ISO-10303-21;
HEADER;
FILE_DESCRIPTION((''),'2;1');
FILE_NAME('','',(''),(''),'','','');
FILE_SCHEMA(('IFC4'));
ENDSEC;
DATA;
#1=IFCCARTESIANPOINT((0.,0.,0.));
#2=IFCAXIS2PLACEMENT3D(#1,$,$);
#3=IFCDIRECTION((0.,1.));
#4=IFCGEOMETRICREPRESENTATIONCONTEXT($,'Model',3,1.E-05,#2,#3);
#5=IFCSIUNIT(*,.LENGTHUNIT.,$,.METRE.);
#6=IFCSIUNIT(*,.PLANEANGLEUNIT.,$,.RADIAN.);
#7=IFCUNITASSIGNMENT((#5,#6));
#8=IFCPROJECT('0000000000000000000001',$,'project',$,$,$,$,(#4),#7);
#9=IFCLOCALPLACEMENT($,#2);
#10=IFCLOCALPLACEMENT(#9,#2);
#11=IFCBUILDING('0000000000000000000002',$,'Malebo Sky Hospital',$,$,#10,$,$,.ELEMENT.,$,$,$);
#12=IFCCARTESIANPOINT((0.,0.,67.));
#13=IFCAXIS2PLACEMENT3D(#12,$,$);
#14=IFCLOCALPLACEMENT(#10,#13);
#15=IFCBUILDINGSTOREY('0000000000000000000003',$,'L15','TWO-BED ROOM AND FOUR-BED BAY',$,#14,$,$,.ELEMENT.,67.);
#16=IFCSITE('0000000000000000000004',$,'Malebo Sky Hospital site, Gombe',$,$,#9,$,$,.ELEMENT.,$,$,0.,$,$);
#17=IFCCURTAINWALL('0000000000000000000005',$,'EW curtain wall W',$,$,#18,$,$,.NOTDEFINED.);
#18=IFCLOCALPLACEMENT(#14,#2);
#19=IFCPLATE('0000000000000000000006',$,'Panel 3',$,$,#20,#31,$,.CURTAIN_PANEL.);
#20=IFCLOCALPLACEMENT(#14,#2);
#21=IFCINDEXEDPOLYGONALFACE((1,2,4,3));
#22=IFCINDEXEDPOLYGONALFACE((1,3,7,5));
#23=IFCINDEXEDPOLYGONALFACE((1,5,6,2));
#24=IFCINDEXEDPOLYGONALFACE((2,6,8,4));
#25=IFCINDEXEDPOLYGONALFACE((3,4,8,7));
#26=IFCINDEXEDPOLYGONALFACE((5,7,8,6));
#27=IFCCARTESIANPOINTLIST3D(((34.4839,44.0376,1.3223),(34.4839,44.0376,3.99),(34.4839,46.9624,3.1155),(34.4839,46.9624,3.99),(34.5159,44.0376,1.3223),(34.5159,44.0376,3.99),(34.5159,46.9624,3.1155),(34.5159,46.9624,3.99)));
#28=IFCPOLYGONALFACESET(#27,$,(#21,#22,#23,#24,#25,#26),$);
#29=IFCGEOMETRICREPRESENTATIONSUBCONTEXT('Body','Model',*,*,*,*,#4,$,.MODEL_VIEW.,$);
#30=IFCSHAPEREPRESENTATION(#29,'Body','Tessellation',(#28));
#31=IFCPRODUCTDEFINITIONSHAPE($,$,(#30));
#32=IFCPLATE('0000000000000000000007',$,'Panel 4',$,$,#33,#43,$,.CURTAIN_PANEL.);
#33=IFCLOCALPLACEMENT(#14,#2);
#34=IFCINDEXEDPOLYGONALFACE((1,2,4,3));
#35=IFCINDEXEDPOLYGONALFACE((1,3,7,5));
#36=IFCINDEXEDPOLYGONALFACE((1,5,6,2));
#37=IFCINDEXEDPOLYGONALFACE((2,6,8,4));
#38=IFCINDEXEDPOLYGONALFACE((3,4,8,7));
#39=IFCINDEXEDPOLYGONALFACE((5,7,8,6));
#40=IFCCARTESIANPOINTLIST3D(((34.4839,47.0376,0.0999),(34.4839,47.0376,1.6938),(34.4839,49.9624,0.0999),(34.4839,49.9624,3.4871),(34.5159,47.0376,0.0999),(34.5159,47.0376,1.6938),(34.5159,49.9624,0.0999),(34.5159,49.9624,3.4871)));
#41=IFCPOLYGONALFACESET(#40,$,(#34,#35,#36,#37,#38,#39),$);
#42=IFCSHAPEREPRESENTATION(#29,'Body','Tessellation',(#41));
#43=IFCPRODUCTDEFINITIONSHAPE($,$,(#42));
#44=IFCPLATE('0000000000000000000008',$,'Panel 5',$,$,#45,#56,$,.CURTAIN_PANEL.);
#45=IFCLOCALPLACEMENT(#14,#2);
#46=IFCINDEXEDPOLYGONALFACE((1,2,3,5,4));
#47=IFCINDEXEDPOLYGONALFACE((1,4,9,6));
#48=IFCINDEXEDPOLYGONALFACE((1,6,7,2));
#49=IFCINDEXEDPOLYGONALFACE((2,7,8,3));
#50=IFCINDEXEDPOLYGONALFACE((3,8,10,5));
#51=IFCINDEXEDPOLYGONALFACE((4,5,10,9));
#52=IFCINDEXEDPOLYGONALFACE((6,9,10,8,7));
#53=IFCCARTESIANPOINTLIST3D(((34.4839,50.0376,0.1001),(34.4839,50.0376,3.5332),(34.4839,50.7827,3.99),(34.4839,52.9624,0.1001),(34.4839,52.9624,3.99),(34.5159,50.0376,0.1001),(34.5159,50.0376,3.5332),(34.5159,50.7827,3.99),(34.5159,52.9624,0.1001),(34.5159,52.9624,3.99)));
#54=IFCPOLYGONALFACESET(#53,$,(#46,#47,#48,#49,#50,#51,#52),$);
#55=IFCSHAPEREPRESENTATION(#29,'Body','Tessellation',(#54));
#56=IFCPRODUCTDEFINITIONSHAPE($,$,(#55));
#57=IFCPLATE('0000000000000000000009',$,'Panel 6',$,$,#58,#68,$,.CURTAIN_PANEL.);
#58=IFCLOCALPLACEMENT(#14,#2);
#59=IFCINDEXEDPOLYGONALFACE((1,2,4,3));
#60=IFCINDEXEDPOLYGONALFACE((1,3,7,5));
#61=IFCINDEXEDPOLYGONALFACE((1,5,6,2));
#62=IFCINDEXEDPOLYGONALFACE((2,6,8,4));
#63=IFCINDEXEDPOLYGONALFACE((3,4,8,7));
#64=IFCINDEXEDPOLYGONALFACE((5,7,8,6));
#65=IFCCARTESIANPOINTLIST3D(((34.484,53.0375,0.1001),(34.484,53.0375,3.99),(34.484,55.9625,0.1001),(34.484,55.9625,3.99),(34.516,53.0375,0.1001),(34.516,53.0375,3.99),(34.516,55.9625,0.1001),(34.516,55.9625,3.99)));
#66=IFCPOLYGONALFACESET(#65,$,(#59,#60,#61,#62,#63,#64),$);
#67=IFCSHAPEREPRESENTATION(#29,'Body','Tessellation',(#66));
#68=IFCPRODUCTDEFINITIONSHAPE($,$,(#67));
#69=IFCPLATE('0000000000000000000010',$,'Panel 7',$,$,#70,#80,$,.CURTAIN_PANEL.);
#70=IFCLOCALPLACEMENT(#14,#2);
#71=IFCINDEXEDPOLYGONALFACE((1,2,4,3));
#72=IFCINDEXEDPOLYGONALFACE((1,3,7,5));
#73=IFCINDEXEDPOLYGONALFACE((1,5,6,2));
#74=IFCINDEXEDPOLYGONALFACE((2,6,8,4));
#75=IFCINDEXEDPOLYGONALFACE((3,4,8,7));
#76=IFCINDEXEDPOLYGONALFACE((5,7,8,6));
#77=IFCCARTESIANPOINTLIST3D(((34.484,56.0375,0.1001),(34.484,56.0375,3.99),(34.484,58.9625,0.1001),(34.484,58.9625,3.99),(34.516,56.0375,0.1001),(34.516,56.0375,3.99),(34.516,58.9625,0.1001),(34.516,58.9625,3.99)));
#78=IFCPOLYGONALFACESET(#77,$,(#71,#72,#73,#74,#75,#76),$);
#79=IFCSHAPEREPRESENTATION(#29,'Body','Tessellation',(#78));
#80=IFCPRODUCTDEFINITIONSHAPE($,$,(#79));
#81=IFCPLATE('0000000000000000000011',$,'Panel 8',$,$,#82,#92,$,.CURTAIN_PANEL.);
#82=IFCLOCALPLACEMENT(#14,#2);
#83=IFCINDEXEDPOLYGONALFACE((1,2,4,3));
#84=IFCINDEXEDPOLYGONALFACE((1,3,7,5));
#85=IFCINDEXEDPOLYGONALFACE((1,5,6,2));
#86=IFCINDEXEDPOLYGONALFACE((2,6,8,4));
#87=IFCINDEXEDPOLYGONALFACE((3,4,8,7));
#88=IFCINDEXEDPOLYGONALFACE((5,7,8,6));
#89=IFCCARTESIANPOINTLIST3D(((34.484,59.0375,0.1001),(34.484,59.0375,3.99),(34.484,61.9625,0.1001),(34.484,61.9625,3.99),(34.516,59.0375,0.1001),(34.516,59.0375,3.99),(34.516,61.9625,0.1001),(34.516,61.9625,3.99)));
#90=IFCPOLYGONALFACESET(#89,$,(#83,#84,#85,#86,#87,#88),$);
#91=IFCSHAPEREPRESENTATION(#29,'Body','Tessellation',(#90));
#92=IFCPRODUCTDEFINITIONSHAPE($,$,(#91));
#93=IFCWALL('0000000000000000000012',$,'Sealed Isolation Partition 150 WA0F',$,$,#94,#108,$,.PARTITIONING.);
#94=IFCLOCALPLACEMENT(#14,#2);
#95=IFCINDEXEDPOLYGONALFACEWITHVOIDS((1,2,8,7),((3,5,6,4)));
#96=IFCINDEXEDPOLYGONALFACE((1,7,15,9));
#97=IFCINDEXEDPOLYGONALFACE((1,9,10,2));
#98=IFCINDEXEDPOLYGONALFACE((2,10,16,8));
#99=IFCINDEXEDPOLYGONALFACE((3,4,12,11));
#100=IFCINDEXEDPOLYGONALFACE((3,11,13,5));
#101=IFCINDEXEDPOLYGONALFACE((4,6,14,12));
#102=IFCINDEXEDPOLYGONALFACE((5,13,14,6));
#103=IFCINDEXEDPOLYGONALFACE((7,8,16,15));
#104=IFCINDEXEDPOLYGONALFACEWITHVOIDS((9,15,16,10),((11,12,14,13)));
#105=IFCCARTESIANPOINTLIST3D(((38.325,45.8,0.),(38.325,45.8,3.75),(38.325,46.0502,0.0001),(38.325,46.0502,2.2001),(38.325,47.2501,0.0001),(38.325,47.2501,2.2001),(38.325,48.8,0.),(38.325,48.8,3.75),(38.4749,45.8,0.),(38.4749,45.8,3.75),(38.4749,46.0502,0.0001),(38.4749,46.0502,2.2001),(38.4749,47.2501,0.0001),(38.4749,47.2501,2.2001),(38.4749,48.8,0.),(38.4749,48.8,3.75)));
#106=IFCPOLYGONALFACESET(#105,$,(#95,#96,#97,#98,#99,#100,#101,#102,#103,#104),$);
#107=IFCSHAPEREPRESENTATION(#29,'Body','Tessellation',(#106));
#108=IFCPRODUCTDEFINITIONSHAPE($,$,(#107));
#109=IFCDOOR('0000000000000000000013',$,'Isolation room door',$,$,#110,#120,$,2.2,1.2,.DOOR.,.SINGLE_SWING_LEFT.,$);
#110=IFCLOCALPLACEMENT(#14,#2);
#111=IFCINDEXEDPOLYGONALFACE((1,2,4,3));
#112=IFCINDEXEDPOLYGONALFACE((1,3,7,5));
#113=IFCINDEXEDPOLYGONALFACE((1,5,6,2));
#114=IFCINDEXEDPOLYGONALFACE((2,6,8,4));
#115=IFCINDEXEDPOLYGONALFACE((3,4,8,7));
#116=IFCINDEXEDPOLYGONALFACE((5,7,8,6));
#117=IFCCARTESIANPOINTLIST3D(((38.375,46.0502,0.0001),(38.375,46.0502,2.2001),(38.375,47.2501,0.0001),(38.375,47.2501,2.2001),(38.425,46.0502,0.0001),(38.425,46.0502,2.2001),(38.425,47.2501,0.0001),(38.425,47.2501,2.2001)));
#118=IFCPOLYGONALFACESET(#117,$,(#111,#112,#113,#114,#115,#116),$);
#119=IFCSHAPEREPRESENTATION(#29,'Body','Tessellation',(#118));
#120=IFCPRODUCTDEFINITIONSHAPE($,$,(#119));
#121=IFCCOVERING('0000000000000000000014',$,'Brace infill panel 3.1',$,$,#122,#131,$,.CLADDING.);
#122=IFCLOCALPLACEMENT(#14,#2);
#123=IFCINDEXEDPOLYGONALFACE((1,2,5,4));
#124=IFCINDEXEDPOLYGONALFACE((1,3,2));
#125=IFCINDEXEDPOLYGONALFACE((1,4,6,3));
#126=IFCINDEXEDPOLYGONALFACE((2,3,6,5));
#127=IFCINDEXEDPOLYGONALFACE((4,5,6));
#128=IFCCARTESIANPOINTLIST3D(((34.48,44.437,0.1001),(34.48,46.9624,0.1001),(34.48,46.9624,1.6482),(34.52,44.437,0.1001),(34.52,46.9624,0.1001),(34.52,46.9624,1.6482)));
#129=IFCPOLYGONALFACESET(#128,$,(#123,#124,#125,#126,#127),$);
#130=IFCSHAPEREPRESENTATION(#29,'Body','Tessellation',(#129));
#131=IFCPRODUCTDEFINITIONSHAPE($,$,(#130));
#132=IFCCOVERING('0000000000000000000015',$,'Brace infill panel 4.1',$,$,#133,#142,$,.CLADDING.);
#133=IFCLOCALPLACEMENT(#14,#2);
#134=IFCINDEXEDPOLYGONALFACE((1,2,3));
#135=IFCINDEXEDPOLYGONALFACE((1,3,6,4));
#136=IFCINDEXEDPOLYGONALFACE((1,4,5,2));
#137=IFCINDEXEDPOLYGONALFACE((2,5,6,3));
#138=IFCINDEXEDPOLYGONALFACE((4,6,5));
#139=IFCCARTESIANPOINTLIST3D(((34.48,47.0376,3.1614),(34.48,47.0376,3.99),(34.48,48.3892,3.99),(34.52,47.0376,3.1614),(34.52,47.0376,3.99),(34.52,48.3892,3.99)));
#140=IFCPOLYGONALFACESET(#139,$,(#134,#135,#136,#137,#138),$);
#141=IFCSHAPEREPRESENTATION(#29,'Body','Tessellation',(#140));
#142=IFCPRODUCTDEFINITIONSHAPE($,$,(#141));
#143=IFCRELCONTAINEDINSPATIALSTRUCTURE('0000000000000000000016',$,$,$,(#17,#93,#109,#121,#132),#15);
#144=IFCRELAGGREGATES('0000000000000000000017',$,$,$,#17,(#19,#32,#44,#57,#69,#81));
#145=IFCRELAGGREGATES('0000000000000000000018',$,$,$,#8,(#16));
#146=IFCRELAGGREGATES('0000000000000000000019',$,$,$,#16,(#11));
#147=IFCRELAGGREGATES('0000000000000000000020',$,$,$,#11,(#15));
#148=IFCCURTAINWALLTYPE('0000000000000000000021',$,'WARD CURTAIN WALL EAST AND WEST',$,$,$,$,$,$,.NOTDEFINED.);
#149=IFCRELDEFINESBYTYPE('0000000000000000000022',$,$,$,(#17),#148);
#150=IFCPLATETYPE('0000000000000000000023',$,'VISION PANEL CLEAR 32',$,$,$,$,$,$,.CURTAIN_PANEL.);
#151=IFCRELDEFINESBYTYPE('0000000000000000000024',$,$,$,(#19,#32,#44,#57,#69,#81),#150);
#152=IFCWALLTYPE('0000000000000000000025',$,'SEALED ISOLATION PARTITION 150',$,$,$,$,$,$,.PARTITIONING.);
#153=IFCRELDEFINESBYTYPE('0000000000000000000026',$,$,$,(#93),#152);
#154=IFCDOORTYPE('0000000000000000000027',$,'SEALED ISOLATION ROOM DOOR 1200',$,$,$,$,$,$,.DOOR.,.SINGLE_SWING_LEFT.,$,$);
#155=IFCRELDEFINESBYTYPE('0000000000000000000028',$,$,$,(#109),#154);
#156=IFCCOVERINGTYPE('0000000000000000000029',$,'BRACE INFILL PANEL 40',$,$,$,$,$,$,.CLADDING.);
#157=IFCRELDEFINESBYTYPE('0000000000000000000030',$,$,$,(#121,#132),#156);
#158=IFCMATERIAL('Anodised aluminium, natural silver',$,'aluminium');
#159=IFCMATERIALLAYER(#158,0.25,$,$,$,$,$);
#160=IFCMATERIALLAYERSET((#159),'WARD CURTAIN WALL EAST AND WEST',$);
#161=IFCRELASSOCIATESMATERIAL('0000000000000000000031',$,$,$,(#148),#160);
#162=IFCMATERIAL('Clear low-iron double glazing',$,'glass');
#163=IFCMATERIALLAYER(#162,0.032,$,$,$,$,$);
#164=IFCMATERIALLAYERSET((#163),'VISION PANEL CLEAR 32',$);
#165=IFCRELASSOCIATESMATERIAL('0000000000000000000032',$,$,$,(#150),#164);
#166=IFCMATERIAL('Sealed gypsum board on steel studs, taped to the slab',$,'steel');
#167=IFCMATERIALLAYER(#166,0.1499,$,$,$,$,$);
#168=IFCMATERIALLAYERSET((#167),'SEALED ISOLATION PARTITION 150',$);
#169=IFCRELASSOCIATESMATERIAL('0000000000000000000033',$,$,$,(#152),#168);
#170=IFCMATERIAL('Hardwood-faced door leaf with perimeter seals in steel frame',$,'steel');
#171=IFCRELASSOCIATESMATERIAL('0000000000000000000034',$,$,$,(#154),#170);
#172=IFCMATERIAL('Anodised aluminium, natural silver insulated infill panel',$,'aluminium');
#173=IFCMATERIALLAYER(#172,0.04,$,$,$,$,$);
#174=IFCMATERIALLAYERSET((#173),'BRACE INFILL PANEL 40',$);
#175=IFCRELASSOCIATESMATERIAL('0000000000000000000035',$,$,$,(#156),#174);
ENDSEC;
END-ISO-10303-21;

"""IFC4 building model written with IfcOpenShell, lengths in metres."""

from ifc_helpers import new_model, si_unit, direction, frame, frame_2d, origin, origin_2d, place, context, subcontext, project, spatial, polyline, rectangle, outline, extrude, material, layer, layer_set, type_object, element, fill, aggregate, save


model = new_model("IFC4")

# Units and contexts
model_context = context("Model", 3, precision=1e-05, world=origin(), true_north=direction((0.0, 1.0)))
body_context = subcontext(model_context, "Body", "Model", "MODEL_VIEW")
ifc_project = project(units=[si_unit("LENGTHUNIT", "METRE"), si_unit("PLANEANGLEUNIT", "RADIAN")], contexts=[model_context])

# Site, building, storey
site_placement = place(None, origin())
site = spatial("IfcSite", under=ifc_project, at=site_placement, Name="Malebo Sky Hospital site, Gombe", CompositionType="ELEMENT", RefElevation=0.0)
building_placement = place(site_placement, origin())
building = spatial("IfcBuilding", under=site, at=building_placement, Name="Malebo Sky Hospital", CompositionType="ELEMENT")
storey_placement = place(building_placement, frame((0.0, 0.0, 67.0)))
storey = spatial("IfcBuildingStorey", under=building, at=storey_placement, Name="L15", Description="TWO-BED ROOM AND FOUR-BED BAY", CompositionType="ELEMENT", Elevation=67.0)

# Curtain wall
ifc_material_1 = material(Name="Anodised aluminium, natural silver", Category="aluminium")
ifc_layer_1 = layer(ifc_material_1, 0.25)
ifc_layer_set_1 = layer_set([ifc_layer_1], Name="WARD CURTAIN WALL EAST AND WEST")
curtain_wall_type = type_object("IfcCurtainWallType", Name="WARD CURTAIN WALL EAST AND WEST", PredefinedType="NOTDEFINED", material=ifc_layer_set_1)
curtain_wall_placement = place(storey_placement, origin())
curtain_wall = element("IfcCurtainWall", 1, at=curtain_wall_placement, inside=storey, type_object=curtain_wall_type, Name="EW curtain wall W", PredefinedType="NOTDEFINED")

# Plates
ifc_material_2 = material(Name="Clear low-iron double glazing", Category="glass")
ifc_layer_2 = layer(ifc_material_2, 0.032)
ifc_layer_set_2 = layer_set([ifc_layer_2], Name="VISION PANEL CLEAR 32")
plate_type = type_object("IfcPlateType", Name="VISION PANEL CLEAR 32", PredefinedType="CURTAIN_PANEL", material=ifc_layer_set_2)
plate_1_placement = place(storey_placement, frame((34.5, 45.5, 1.3223), z_axis=(0.0, 0.0, 1.0), x_axis=(0.0, 1.0, 0.0)))
plate_1 = element("IfcPlate", 2, at=plate_1_placement, type_object=plate_type, Name="Panel 3", PredefinedType="CURTAIN_PANEL", context=body_context, shape_type="SweptSolid", body=[
    extrude(outline(polyline([(-1.4624, 0.0), (1.4624, 1.7932), (1.4624, 2.6677), (-1.4624, 2.6677), (-1.4624, 0.0)])), frame((0.0, 0.0161, 0.0), z_axis=(0.0, -1.0, 0.0), x_axis=(1.0, 0.0, 0.0)), (0.0, 0.0, 1.0), 0.032),
])
plate_2_placement = place(storey_placement, frame((34.5, 48.5, 0.0999), z_axis=(0.0, 0.0, 1.0), x_axis=(0.0, 1.0, 0.0)))
plate_2 = element("IfcPlate", 3, at=plate_2_placement, type_object=plate_type, Name="Panel 4", PredefinedType="CURTAIN_PANEL", context=body_context, shape_type="SweptSolid", body=[
    extrude(outline(polyline([(-1.4624, 0.0), (1.4624, 0.0), (1.4624, 3.3872), (-1.4624, 1.594), (-1.4624, 0.0)])), frame((0.0, 0.0161, 0.0), z_axis=(0.0, -1.0, 0.0), x_axis=(1.0, 0.0, 0.0)), (0.0, 0.0, 1.0), 0.032),
])
plate_3_placement = place(storey_placement, frame((34.5, 51.5, 0.1001), z_axis=(0.0, 0.0, 1.0), x_axis=(0.0, 1.0, 0.0)))
plate_3 = element("IfcPlate", 4, at=plate_3_placement, type_object=plate_type, Name="Panel 5", PredefinedType="CURTAIN_PANEL", context=body_context, shape_type="SweptSolid", body=[
    extrude(outline(polyline([(-1.4624, 0.0), (1.4624, 0.0), (1.4624, 3.8899), (-0.7173, 3.8899), (-1.4624, 3.4331), (-1.4624, 0.0)])), frame((0.0, 0.0161, 0.0), z_axis=(0.0, -1.0, 0.0), x_axis=(1.0, 0.0, 0.0)), (0.0, 0.0, 1.0), 0.032),
])
plate_4_placement = place(storey_placement, frame((34.5, 54.5, 0.1001), z_axis=(0.0, 0.0, 1.0), x_axis=(0.0, 1.0, 0.0)))
plate_4 = element("IfcPlate", 5, at=plate_4_placement, type_object=plate_type, Name="Panel 6", PredefinedType="CURTAIN_PANEL", context=body_context, shape_type="SweptSolid", body=[
    extrude(rectangle(XDim=2.925, YDim=0.032, at=origin_2d()), origin(), (0.0, 0.0, 1.0), 3.8899),
])
plate_5_placement = place(storey_placement, frame((34.5, 57.5, 0.1001), z_axis=(0.0, 0.0, 1.0), x_axis=(0.0, 1.0, 0.0)))
plate_5 = element("IfcPlate", 6, at=plate_5_placement, type_object=plate_type, Name="Panel 7", PredefinedType="CURTAIN_PANEL", context=body_context, shape_type="SweptSolid", body=[
    extrude(rectangle(XDim=2.925, YDim=0.032, at=origin_2d()), origin(), (0.0, 0.0, 1.0), 3.8899),
])
plate_6_placement = place(storey_placement, frame((34.5, 60.5, 0.1001), z_axis=(0.0, 0.0, 1.0), x_axis=(0.0, 1.0, 0.0)))
plate_6 = element("IfcPlate", 7, at=plate_6_placement, type_object=plate_type, Name="Panel 8", PredefinedType="CURTAIN_PANEL", context=body_context, shape_type="SweptSolid", body=[
    extrude(rectangle(XDim=2.925, YDim=0.032, at=origin_2d()), origin(), (0.0, 0.0, 1.0), 3.8899),
])
aggregate(curtain_wall, [plate_1, plate_2, plate_3, plate_4, plate_5, plate_6])

# Wall, opening, door
ifc_material_3 = material(Name="Sealed gypsum board on steel studs, taped to the slab", Category="steel")
ifc_layer_3 = layer(ifc_material_3, 0.1499)
ifc_layer_set_3 = layer_set([ifc_layer_3], Name="SEALED ISOLATION PARTITION 150")
wall_type = type_object("IfcWallType", Name="SEALED ISOLATION PARTITION 150", PredefinedType="PARTITIONING", material=ifc_layer_set_3)
wall_placement = place(storey_placement, frame((38.3999, 45.8, 0.0), z_axis=(0.0, 0.0, 1.0), x_axis=(0.0, 1.0, 0.0)))
wall = element("IfcWall", 8, at=wall_placement, inside=storey, type_object=wall_type, Name="Sealed Isolation Partition 150 WA0F", PredefinedType="PARTITIONING", context=body_context, shape_type="SweptSolid", body=[
    extrude(rectangle(XDim=3.0, YDim=0.1499, at=frame_2d((1.5, 0.0))), origin(), (0.0, 0.0, 1.0), 3.75),
])
opening_placement = place(wall_placement, frame((0.25, 0.0, 0.0)))
opening = element("IfcOpeningElement", 9, at=opening_placement, cuts=wall, PredefinedType="OPENING", context=body_context, shape_type="SweptSolid", body=[
    extrude(rectangle(XDim=1.2, YDim=2.2, at=frame_2d((0.6001, 1.1001))), frame((0.0, 0.085, 0.0), z_axis=(0.0, -1.0, 0.0), x_axis=(1.0, 0.0, 0.0)), (0.0, 0.0, 1.0), 0.1699),
])
ifc_material_4 = material(Name="Hardwood-faced door leaf with perimeter seals in steel frame", Category="steel")
door_type = type_object("IfcDoorType", Name="SEALED ISOLATION ROOM DOOR 1200", OperationType="SINGLE_SWING_LEFT", PredefinedType="DOOR", material=ifc_material_4)
door_placement = place(opening_placement, origin())
door = element("IfcDoor", 10, at=door_placement, inside=storey, type_object=door_type, Name="Isolation room door", OperationType="SINGLE_SWING_LEFT", OverallHeight=2.2, OverallWidth=1.2, PredefinedType="DOOR", context=body_context, shape_type="SweptSolid", body=[
    extrude(rectangle(XDim=1.2, YDim=2.2, at=frame_2d((0.6001, 1.1001))), frame((0.0, 0.0249, 0.0), z_axis=(0.0, -1.0, 0.0), x_axis=(1.0, 0.0, 0.0)), (0.0, 0.0, 1.0), 0.05),
])
fill(opening, door)

# Coverings
ifc_material_5 = material(Name="Anodised aluminium, natural silver insulated infill panel", Category="aluminium")
ifc_layer_4 = layer(ifc_material_5, 0.04)
ifc_layer_set_4 = layer_set([ifc_layer_4], Name="BRACE INFILL PANEL 40")
covering_type = type_object("IfcCoveringType", Name="BRACE INFILL PANEL 40", PredefinedType="CLADDING", material=ifc_layer_set_4)
covering_1_placement = place(storey_placement, frame((34.5, 45.6997, 0.1001), z_axis=(0.0, 0.0, 1.0), x_axis=(0.0, 1.0, 0.0)))
element("IfcCovering", 11, at=covering_1_placement, inside=storey, type_object=covering_type, Name="Brace infill panel 3.1", PredefinedType="CLADDING", context=body_context, shape_type="SweptSolid", body=[
    extrude(outline(polyline([(-1.2627, 0.0), (1.2627, 0.0), (1.2627, 1.5481), (-1.2627, 0.0)])), frame((0.0, 0.02, 0.0), z_axis=(0.0, -1.0, 0.0), x_axis=(1.0, 0.0, 0.0)), (0.0, 0.0, 1.0), 0.04),
])
covering_2_placement = place(storey_placement, frame((34.5, 47.7134, 3.1614), z_axis=(0.0, 0.0, 1.0), x_axis=(0.0, 1.0, 0.0)))
element("IfcCovering", 12, at=covering_2_placement, inside=storey, type_object=covering_type, Name="Brace infill panel 4.1", PredefinedType="CLADDING", context=body_context, shape_type="SweptSolid", body=[
    extrude(outline(polyline([(-0.6758, 0.0), (0.6758, 0.8286), (-0.6758, 0.8286), (-0.6758, 0.0)])), frame((0.0, 0.02, 0.0), z_axis=(0.0, -1.0, 0.0), x_axis=(1.0, 0.0, 0.0)), (0.0, 0.0, 1.0), 0.04),
])

save(model, "model.ifc")
